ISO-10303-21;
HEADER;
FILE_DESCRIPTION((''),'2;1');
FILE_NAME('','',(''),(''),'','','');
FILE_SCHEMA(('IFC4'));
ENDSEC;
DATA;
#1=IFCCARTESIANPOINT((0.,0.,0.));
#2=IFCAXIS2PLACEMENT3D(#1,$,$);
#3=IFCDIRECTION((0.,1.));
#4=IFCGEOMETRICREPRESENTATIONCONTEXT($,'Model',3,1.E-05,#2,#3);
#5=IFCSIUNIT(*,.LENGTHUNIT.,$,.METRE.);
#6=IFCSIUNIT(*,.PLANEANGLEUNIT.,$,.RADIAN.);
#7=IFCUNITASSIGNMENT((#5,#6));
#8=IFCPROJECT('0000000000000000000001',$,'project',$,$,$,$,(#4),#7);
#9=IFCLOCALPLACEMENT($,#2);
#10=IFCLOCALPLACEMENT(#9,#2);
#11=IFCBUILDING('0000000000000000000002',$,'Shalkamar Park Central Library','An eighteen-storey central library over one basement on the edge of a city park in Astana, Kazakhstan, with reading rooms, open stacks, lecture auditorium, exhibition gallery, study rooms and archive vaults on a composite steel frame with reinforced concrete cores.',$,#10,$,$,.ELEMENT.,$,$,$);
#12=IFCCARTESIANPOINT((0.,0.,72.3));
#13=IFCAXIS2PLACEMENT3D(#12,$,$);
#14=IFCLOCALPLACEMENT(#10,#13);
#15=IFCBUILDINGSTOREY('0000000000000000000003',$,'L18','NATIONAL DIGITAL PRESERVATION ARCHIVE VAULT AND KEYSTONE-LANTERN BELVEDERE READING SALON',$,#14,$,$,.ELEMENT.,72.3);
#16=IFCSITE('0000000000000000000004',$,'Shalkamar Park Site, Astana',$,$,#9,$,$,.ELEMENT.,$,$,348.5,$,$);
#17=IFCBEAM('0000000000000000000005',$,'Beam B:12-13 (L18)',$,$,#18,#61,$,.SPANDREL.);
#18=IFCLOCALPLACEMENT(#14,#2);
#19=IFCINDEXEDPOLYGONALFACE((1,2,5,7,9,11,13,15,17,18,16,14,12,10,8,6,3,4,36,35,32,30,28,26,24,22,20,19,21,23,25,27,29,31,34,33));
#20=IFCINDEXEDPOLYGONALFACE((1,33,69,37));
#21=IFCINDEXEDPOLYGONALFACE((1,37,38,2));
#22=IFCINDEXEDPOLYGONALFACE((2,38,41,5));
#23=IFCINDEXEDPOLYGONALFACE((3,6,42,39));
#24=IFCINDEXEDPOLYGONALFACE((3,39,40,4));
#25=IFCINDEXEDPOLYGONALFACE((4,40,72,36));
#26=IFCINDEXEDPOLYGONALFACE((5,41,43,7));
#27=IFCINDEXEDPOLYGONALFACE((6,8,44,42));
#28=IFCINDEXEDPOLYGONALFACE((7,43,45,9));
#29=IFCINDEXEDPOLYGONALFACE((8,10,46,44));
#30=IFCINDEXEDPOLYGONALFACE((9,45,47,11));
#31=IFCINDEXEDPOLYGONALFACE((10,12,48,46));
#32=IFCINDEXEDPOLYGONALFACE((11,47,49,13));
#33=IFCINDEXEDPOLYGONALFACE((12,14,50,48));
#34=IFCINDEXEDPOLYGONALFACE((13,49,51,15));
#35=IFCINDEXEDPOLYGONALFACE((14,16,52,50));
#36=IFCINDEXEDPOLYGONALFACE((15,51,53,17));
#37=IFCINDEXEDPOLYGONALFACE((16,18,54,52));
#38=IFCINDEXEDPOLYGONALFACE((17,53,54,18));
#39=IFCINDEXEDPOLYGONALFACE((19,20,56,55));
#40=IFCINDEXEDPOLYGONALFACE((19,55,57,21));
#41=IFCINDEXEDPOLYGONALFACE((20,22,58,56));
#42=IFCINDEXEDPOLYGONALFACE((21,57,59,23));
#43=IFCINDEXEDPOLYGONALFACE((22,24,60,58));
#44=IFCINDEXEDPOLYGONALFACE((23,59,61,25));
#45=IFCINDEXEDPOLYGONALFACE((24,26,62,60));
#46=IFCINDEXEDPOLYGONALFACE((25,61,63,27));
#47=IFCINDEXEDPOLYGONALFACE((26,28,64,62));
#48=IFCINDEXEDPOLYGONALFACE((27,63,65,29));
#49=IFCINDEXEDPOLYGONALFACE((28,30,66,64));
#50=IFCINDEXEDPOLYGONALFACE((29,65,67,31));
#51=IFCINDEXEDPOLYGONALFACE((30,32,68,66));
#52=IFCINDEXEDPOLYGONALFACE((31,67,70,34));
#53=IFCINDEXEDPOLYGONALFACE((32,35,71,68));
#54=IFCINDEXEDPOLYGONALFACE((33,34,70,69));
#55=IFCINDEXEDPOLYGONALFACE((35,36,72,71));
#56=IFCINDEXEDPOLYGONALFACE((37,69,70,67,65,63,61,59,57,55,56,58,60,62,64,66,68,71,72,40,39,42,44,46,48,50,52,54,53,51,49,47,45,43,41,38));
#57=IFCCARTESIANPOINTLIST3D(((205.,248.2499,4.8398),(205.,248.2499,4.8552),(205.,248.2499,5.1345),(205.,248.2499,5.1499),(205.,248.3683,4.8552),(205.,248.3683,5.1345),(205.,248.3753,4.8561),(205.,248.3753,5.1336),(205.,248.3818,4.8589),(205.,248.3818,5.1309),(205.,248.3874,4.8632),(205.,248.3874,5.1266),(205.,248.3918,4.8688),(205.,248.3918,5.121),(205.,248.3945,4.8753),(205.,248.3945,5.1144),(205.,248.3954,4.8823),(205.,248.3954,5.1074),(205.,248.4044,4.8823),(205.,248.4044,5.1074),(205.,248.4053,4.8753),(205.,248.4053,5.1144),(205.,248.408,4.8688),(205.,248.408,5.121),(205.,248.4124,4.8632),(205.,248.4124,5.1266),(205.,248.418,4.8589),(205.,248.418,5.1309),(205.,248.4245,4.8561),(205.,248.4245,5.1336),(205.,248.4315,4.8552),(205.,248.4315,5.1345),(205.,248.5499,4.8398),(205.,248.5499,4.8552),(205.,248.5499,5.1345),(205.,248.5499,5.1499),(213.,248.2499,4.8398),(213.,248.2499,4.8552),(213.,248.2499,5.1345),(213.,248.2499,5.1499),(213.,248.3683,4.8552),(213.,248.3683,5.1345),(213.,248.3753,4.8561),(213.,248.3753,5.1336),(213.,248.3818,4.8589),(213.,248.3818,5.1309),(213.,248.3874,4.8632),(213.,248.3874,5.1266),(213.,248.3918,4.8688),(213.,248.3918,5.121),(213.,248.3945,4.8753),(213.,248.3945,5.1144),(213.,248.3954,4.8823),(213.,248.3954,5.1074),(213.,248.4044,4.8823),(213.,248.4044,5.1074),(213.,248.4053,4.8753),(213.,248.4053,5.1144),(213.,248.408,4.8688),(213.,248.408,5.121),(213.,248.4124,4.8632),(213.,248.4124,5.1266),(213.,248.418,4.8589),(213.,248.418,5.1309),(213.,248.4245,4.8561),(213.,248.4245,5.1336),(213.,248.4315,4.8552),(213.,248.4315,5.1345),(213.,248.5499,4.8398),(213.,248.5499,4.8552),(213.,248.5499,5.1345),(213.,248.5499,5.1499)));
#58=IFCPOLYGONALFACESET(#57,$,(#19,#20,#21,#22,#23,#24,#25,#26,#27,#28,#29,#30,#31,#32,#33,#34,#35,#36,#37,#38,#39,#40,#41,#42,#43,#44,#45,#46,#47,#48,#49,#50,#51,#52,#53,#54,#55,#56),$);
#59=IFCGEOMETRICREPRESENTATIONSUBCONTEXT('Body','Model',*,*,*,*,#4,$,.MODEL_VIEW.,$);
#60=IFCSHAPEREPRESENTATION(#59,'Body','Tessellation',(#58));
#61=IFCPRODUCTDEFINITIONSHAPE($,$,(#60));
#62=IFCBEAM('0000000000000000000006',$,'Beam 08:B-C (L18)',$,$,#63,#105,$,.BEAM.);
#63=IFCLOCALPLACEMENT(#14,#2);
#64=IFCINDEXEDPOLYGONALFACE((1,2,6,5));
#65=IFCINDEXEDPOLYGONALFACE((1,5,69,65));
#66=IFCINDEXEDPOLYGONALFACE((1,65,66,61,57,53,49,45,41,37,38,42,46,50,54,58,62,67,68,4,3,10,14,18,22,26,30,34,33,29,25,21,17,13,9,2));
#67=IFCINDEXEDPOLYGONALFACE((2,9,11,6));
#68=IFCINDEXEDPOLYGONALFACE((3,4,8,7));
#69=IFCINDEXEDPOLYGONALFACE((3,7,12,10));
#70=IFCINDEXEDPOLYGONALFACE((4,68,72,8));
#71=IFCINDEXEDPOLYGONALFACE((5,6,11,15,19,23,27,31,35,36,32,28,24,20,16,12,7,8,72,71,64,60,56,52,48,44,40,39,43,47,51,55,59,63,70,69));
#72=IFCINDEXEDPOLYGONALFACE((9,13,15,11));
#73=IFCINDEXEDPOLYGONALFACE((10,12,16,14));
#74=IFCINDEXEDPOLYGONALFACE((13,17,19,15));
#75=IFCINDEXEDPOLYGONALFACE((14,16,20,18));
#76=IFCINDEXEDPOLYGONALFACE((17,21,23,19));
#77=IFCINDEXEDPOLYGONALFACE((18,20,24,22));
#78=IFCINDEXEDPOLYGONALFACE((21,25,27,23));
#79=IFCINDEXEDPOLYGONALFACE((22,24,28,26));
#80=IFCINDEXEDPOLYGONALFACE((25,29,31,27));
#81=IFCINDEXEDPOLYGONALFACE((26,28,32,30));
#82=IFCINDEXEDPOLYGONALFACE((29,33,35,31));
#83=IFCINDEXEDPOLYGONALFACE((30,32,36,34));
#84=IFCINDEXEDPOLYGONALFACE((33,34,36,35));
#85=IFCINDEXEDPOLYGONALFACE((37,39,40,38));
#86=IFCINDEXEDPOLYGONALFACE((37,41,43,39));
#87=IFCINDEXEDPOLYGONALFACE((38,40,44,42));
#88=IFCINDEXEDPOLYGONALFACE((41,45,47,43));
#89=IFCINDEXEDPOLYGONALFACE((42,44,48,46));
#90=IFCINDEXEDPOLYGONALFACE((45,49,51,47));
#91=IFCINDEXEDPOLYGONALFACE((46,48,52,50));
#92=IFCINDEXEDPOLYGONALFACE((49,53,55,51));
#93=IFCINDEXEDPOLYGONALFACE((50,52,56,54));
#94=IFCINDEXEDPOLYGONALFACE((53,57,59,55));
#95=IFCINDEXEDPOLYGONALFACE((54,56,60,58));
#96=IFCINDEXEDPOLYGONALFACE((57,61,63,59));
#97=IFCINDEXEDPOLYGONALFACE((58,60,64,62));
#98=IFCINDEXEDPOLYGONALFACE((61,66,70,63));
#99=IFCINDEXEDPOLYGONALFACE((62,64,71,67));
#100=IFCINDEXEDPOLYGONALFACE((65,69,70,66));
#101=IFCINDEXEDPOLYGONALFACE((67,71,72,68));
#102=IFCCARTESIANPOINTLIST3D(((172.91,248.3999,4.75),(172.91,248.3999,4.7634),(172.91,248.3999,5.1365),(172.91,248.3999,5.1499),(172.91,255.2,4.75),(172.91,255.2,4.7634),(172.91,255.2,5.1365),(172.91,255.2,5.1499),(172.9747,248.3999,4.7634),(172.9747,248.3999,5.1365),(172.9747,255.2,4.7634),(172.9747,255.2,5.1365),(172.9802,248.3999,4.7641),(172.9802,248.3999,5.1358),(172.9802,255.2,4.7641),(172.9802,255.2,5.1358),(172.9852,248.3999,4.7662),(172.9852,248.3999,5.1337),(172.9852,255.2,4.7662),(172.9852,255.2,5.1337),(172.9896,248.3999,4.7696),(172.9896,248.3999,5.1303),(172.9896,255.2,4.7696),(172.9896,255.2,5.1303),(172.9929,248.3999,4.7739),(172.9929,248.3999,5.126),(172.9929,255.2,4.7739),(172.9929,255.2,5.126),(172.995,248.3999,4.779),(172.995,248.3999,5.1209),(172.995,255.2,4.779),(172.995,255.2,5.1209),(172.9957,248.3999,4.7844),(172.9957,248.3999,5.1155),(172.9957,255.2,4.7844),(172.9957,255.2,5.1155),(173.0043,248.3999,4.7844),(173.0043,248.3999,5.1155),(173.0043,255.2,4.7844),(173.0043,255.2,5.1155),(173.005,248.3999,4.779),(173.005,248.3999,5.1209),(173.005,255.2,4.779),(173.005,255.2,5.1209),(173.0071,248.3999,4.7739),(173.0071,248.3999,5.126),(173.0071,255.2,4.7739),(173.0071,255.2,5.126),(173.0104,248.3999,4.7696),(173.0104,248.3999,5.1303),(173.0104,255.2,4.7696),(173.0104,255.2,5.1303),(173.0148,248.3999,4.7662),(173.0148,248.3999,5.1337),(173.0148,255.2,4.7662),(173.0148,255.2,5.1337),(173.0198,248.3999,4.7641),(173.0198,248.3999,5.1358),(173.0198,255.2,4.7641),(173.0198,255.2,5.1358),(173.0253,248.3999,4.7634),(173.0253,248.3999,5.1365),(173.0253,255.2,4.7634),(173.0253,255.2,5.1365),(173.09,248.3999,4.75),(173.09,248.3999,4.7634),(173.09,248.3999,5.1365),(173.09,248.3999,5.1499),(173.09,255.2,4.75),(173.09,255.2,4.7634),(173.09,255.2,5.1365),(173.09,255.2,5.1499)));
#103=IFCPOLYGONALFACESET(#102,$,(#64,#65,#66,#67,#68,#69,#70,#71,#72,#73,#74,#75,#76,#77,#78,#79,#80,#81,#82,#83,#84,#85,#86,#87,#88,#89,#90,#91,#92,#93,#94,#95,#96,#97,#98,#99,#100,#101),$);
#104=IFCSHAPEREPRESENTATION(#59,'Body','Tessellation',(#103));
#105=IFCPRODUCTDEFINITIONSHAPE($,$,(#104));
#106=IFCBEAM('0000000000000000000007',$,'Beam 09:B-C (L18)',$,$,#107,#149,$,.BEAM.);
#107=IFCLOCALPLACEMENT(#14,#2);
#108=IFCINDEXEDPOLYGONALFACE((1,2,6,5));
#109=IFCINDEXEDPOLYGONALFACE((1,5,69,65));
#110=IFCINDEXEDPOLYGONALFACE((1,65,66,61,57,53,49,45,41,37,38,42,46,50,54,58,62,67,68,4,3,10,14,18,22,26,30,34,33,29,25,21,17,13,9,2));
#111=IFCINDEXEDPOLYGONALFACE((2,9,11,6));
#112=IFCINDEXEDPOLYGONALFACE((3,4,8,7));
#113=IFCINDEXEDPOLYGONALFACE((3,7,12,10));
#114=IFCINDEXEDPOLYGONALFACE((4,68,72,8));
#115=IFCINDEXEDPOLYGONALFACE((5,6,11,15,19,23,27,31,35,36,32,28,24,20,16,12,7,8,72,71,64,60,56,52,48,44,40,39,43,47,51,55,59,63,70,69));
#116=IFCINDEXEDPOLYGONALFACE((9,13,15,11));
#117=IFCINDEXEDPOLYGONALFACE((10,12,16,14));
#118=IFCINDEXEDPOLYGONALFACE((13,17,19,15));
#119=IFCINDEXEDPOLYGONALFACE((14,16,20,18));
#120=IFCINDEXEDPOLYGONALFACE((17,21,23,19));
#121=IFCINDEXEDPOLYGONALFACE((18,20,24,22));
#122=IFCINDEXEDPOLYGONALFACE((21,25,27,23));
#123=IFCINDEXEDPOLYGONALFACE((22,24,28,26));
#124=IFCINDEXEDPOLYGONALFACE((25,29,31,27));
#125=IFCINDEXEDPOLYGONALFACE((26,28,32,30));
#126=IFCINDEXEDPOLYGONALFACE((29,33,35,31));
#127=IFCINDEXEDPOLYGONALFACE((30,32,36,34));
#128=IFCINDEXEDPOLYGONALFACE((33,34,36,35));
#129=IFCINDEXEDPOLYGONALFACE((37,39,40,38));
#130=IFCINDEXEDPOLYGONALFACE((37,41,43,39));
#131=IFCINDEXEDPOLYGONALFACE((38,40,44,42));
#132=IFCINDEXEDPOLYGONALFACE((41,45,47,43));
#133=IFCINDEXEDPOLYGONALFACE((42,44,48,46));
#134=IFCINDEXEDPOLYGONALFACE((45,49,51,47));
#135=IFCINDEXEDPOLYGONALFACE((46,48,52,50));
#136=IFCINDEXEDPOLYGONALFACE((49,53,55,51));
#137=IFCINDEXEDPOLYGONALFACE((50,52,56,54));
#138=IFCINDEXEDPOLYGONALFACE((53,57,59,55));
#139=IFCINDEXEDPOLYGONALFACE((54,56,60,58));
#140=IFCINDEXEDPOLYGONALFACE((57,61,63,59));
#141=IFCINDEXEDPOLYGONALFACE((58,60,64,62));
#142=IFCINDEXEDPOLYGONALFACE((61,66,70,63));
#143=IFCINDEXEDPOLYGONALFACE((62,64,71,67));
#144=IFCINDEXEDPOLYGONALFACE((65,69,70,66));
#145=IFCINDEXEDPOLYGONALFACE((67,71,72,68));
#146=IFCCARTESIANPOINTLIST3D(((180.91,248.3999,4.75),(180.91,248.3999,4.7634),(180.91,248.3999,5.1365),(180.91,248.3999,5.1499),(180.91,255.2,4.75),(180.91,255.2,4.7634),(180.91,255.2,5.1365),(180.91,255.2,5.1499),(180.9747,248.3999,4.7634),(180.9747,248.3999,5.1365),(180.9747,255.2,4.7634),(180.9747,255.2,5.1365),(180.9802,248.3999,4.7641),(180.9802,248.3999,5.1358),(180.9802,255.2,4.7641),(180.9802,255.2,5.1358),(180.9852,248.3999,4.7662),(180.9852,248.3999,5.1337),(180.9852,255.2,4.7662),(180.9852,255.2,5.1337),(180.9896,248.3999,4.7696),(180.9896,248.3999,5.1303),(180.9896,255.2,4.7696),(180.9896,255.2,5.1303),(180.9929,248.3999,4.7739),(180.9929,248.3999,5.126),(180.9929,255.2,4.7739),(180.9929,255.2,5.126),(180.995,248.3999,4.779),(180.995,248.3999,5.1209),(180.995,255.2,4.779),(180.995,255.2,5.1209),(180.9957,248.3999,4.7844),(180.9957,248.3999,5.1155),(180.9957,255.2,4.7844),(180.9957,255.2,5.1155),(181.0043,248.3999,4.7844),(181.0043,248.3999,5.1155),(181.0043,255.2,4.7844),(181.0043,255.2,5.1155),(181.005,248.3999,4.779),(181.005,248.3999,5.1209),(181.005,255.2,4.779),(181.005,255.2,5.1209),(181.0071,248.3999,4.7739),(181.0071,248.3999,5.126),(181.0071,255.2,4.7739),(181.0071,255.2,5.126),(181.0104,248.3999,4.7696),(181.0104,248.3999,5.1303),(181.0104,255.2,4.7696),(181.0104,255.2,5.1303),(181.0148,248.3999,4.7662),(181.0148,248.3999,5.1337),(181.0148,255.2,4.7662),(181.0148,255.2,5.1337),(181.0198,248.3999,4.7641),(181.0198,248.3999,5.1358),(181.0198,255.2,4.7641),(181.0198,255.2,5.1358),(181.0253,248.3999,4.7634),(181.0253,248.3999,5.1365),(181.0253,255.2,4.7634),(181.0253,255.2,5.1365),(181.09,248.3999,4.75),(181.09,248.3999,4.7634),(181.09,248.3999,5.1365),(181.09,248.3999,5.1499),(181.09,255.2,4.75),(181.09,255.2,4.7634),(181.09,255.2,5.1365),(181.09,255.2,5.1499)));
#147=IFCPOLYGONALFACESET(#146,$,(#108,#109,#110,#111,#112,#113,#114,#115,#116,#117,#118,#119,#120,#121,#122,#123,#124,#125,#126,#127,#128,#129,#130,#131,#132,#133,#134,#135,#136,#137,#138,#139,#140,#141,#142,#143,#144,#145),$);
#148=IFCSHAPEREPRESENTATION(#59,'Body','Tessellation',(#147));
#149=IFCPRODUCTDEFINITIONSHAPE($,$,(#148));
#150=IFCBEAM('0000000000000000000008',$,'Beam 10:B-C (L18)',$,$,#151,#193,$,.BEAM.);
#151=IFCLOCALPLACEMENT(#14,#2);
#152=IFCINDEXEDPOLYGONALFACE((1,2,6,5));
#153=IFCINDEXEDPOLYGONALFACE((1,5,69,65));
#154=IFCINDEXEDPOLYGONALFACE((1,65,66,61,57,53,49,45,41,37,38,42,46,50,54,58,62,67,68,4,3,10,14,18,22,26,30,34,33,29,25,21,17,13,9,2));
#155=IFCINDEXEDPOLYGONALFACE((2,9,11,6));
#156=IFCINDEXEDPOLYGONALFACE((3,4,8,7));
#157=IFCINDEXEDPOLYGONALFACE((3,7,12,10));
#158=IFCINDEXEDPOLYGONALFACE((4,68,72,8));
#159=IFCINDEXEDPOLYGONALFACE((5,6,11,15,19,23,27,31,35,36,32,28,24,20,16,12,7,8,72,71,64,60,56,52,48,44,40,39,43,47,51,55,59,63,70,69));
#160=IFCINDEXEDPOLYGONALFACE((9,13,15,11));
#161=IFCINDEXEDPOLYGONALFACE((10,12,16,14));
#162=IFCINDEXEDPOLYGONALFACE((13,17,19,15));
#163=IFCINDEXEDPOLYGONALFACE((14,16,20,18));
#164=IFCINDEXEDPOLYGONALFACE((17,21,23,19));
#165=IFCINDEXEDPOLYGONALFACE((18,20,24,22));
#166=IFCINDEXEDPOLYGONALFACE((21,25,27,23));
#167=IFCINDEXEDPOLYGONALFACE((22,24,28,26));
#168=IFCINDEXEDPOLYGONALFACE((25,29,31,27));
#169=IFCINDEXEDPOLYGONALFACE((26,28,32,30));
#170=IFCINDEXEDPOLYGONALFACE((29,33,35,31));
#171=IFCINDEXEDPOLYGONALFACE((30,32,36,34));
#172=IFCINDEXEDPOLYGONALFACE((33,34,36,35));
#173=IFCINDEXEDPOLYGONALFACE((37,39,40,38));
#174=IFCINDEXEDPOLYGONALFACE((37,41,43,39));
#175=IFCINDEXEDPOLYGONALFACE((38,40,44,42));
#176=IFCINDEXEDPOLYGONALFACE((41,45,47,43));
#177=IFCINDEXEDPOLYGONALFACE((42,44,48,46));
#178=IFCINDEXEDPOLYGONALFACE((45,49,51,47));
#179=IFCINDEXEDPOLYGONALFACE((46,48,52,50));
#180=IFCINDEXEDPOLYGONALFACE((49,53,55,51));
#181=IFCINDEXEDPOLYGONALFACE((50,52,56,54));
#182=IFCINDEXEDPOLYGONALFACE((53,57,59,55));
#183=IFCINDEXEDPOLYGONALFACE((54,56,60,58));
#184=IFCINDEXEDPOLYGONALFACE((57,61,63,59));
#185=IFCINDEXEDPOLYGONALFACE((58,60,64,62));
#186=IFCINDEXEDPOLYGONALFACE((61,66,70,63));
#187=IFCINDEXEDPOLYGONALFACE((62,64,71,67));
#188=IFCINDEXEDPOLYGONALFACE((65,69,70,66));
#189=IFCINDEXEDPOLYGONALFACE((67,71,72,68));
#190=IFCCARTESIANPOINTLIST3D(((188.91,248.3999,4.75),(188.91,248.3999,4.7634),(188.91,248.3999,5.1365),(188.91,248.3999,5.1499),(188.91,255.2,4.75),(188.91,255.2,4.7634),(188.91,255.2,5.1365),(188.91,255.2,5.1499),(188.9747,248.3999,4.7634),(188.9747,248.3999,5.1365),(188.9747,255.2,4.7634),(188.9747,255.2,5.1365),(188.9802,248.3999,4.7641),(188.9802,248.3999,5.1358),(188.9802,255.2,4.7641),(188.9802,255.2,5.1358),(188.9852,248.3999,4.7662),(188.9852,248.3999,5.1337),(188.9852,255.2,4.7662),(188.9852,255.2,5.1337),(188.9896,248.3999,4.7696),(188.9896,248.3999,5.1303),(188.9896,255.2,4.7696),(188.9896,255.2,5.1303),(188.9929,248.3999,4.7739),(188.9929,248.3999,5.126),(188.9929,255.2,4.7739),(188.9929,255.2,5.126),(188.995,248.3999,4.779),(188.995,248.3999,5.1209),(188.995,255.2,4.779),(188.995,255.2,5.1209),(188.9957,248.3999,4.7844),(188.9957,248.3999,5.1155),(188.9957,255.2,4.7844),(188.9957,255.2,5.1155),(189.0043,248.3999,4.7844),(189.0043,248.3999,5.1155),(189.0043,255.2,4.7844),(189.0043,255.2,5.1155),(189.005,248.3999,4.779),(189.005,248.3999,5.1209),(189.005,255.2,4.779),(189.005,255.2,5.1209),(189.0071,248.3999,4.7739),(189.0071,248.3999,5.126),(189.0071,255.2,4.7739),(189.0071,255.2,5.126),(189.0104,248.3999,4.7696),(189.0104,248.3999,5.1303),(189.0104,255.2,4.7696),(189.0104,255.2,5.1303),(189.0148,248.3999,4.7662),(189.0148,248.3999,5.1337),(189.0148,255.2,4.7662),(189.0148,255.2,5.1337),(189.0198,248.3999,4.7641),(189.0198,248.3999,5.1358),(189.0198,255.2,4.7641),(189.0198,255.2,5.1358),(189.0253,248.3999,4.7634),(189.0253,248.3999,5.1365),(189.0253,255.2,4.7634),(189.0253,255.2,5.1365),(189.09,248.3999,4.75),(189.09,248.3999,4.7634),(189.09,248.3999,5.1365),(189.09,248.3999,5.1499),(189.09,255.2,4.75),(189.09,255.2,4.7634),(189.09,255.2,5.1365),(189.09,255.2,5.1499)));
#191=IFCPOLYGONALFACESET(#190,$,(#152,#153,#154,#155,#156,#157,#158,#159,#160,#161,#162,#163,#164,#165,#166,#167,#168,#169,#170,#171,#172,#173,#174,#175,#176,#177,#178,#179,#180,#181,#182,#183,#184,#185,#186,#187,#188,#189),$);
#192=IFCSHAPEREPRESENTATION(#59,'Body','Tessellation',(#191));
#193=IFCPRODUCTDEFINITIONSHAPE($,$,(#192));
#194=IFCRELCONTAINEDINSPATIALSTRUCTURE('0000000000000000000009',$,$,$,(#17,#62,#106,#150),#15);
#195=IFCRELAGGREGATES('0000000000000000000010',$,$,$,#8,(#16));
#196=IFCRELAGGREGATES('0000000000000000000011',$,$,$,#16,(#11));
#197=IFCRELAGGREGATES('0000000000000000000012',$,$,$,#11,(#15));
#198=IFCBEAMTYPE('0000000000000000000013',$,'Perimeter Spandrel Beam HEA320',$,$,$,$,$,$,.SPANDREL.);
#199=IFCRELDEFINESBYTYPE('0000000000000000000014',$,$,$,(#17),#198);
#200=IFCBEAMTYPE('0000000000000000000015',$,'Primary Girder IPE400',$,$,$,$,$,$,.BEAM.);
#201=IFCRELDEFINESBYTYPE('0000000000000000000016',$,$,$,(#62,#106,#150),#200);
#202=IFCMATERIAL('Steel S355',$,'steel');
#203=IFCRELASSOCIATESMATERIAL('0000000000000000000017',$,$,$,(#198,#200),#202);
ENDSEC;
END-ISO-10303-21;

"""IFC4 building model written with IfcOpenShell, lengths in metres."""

from ifc_helpers import new_model, si_unit, direction, frame, origin, origin_2d, place, context, subcontext, project, spatial, i_section, extrude, material, material_profile, profile_set, type_object, element, save


model = new_model("IFC4")

# Units and contexts
model_context = context("Model", 3, precision=1e-05, world=origin(), true_north=direction((0.0, 1.0)))
body_context = subcontext(model_context, "Body", "Model", "MODEL_VIEW")
ifc_project = project(units=[si_unit("LENGTHUNIT", "METRE"), si_unit("PLANEANGLEUNIT", "RADIAN")], contexts=[model_context])

# Site, building, storey
site_placement = place(None, origin())
site = spatial("IfcSite", under=ifc_project, at=site_placement, Name="Shalkamar Park Site, Astana", CompositionType="ELEMENT", RefElevation=348.5)
building_placement = place(site_placement, origin())
building = spatial("IfcBuilding", under=site, at=building_placement, Name="Shalkamar Park Central Library", Description="An eighteen-storey central library over one basement on the edge of a city park in Astana, Kazakhstan, with reading rooms, open stacks, lecture auditorium, exhibition gallery, study rooms and archive vaults on a composite steel frame with reinforced concrete cores.", CompositionType="ELEMENT")
storey_placement = place(building_placement, frame((0.0, 0.0, 72.3)))
storey = spatial("IfcBuildingStorey", under=building, at=storey_placement, Name="L18", Description="NATIONAL DIGITAL PRESERVATION ARCHIVE VAULT AND KEYSTONE-LANTERN BELVEDERE READING SALON", CompositionType="ELEMENT", Elevation=72.3)

# Shared definitions
ifc_material_1 = material(Name="Steel S355", Category="steel")

# Beams
ifc_material_profile_1 = material_profile(ifc_material_1, i_section(OverallWidth=0.3, OverallDepth=0.3101, WebThickness=0.009, FlangeThickness=0.0154, FilletRadius=0.0271, at=origin_2d()), Name="HEA 320")
ifc_profile_set_1 = profile_set([ifc_material_profile_1], Name="Steel S355")
beam_type_1 = type_object("IfcBeamType", Name="Perimeter Spandrel Beam HEA320", PredefinedType="SPANDREL", material=ifc_profile_set_1)
for number, where, z_axis, x_axis, name in (
    (1, (205.0, 248.3999, 4.9949), (1.0, 0.0, 0.0), (0.0, 1.0, 0.0), "Beam B:12-13 (L18)"),
):
    element("IfcBeam", number, at=place(storey_placement, frame(where, z_axis=z_axis, x_axis=x_axis)), inside=storey, type_object=beam_type_1, Name=name, PredefinedType="SPANDREL", context=body_context, shape_type="SweptSolid", body=[
        extrude(i_section(OverallWidth=0.3, OverallDepth=0.3101, WebThickness=0.009, FlangeThickness=0.0154, FilletRadius=0.0271, at=origin_2d()), origin(), (0.0, 0.0, 1.0), 8.0),
    ])
ifc_material_profile_2 = material_profile(ifc_material_1, i_section(OverallWidth=0.1799, OverallDepth=0.3999, WebThickness=0.0085, FlangeThickness=0.0134, FilletRadius=0.021, at=origin_2d()), Name="IPE 400")
ifc_profile_set_2 = profile_set([ifc_material_profile_2], Name="Steel S355")
beam_type_2 = type_object("IfcBeamType", Name="Primary Girder IPE400", PredefinedType="BEAM", material=ifc_profile_set_2)
for number, where, z_axis, x_axis, name in (
    (2, (173.0, 248.3999, 4.95), (0.0, 1.0, 0.0), (-1.0, 0.0, 0.0), "Beam 08:B-C (L18)"),
    (3, (181.0, 248.3999, 4.95), (0.0, 1.0, 0.0), (-1.0, 0.0, 0.0), "Beam 09:B-C (L18)"),
    (4, (189.0, 248.3999, 4.95), (0.0, 1.0, 0.0), (-1.0, 0.0, 0.0), "Beam 10:B-C (L18)"),
):
    element("IfcBeam", number, at=place(storey_placement, frame(where, z_axis=z_axis, x_axis=x_axis)), inside=storey, type_object=beam_type_2, Name=name, PredefinedType="BEAM", context=body_context, shape_type="SweptSolid", body=[
        extrude(i_section(OverallWidth=0.1799, OverallDepth=0.3999, WebThickness=0.0085, FlangeThickness=0.0134, FilletRadius=0.021, at=origin_2d()), origin(), (0.0, 0.0, 1.0), 6.8),
    ])

save(model, "model.ifc")
